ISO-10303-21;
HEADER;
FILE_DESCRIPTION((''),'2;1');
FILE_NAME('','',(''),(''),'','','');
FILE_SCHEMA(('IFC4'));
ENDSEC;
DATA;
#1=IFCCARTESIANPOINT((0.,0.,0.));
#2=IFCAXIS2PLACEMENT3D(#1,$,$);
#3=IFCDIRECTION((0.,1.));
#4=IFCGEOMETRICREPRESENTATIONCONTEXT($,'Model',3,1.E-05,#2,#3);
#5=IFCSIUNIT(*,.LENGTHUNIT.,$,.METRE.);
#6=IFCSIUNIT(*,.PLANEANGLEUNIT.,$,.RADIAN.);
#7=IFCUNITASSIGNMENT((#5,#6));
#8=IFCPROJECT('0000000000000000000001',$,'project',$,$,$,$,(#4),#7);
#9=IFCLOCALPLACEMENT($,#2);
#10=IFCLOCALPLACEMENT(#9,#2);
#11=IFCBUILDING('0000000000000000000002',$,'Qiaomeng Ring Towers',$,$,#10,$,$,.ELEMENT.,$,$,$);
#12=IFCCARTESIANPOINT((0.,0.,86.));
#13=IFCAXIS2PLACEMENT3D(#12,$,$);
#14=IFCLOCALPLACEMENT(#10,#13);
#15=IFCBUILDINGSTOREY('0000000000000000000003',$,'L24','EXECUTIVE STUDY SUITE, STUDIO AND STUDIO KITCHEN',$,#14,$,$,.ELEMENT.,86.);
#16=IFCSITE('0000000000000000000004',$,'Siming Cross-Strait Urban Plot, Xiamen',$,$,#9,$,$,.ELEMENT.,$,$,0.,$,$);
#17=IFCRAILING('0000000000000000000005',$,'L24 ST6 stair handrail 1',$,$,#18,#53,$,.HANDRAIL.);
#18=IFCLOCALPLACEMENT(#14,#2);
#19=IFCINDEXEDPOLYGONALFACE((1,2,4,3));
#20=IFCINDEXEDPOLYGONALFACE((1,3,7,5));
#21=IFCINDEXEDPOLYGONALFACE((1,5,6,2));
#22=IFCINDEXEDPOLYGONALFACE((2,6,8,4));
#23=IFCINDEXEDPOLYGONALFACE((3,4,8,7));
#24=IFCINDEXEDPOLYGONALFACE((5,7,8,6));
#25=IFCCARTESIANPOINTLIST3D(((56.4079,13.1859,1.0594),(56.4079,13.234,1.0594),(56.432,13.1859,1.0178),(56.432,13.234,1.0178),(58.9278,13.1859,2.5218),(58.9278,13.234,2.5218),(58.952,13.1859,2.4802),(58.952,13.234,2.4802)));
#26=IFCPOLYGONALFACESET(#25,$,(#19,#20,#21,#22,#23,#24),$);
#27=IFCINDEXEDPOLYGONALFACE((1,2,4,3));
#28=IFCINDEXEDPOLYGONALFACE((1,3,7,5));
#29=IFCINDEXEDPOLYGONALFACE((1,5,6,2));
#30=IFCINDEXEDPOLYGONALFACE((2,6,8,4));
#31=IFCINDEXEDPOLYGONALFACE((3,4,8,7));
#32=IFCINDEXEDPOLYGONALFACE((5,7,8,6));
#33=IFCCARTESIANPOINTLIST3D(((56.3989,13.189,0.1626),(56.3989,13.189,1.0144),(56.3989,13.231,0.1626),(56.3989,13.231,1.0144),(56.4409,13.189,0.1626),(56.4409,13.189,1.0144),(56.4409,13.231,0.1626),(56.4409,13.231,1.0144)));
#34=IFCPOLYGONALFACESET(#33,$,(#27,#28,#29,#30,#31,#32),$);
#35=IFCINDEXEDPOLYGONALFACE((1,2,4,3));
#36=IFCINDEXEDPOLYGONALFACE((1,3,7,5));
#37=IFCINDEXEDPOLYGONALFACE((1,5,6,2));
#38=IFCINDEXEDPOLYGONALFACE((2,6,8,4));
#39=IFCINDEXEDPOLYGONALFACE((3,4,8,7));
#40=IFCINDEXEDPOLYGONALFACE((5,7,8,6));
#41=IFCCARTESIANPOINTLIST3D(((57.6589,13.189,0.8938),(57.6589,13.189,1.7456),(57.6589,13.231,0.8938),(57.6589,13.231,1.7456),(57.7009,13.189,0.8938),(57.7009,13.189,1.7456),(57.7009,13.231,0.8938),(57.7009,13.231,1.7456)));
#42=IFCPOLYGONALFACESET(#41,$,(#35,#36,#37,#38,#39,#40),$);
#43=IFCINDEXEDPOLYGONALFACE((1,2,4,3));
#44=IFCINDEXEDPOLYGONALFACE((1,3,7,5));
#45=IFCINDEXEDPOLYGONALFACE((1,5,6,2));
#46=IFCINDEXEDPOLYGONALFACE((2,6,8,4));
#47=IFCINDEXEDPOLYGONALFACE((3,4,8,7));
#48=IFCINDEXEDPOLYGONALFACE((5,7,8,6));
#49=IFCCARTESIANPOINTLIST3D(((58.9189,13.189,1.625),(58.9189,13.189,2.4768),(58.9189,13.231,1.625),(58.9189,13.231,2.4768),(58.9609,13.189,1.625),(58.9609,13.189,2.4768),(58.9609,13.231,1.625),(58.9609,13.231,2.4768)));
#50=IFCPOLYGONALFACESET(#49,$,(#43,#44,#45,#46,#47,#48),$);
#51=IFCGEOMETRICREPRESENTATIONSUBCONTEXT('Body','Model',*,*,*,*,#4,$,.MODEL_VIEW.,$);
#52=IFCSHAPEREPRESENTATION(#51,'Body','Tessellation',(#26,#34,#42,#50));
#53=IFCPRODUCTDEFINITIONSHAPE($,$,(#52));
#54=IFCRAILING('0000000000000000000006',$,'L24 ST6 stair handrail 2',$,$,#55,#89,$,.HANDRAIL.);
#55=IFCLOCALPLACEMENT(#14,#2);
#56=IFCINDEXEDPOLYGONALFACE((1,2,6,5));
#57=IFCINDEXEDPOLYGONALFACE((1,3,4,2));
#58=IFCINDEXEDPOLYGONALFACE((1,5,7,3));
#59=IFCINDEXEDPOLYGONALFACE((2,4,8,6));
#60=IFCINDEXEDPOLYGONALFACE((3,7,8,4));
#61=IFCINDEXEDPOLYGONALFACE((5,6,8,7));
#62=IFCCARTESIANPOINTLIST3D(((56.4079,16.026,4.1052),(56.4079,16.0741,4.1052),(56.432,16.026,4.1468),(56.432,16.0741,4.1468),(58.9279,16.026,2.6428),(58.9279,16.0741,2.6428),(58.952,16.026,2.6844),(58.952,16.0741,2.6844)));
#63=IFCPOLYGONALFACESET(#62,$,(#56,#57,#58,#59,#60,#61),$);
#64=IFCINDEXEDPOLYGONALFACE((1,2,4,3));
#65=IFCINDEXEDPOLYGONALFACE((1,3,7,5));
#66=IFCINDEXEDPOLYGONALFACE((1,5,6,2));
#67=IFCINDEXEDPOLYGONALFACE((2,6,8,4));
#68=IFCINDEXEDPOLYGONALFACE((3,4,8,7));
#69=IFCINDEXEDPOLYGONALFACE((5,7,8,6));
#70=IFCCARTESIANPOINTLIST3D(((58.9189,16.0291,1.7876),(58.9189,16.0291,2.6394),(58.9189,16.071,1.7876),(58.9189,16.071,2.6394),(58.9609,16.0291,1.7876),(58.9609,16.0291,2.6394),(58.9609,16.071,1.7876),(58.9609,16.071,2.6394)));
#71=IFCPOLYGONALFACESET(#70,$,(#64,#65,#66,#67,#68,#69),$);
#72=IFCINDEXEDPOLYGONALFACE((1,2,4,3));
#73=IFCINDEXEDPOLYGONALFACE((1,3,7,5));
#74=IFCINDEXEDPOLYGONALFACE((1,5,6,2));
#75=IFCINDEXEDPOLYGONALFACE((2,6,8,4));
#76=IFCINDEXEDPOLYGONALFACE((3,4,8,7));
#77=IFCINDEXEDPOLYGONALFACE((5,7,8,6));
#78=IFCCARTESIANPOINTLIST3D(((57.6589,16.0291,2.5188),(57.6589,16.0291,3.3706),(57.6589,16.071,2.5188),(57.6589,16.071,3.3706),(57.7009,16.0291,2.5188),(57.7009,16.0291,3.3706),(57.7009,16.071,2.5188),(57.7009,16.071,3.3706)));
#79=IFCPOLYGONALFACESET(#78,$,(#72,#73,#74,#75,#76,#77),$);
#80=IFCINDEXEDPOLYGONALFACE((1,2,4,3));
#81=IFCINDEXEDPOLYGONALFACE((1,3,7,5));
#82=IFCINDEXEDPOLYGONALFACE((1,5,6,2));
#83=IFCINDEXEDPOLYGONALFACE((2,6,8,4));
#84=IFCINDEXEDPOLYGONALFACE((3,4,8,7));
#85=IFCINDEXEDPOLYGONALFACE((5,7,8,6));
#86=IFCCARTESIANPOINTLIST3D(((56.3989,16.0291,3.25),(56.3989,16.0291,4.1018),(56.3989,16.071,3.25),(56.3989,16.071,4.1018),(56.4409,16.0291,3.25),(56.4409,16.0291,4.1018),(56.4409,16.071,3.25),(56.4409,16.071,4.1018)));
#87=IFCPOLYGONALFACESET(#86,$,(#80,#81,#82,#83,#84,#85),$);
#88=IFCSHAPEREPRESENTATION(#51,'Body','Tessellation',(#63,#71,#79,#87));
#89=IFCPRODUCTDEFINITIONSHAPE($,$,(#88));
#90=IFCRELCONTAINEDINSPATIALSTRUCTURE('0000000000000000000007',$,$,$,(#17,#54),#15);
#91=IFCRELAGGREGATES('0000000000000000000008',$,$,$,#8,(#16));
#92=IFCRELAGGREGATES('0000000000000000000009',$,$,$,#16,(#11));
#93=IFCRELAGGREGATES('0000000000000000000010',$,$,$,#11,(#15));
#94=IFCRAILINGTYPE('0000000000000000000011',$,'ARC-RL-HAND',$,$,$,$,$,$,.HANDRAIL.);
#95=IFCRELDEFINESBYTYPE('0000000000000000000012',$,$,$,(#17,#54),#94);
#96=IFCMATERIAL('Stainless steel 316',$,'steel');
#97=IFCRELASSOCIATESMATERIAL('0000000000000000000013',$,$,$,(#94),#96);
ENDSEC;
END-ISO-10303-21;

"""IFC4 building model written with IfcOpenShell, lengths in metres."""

from ifc_helpers import new_model, si_unit, direction, frame, origin, origin_2d, place, context, subcontext, project, spatial, rectangle, extrude, material, type_object, element, save


model = new_model("IFC4")

# Units and contexts
model_context = context("Model", 3, precision=1e-05, world=origin(), true_north=direction((0.0, 1.0)))
body_context = subcontext(model_context, "Body", "Model", "MODEL_VIEW")
ifc_project = project(units=[si_unit("LENGTHUNIT", "METRE"), si_unit("PLANEANGLEUNIT", "RADIAN")], contexts=[model_context])

# Site, building, storey
site_placement = place(None, origin())
site = spatial("IfcSite", under=ifc_project, at=site_placement, Name="Siming Cross-Strait Urban Plot, Xiamen", CompositionType="ELEMENT", RefElevation=0.0)
building_placement = place(site_placement, origin())
building = spatial("IfcBuilding", under=site, at=building_placement, Name="Qiaomeng Ring Towers", CompositionType="ELEMENT")
storey_placement = place(building_placement, frame((0.0, 0.0, 86.0)))
storey = spatial("IfcBuildingStorey", under=building, at=storey_placement, Name="L24", Description="EXECUTIVE STUDY SUITE, STUDIO AND STUDIO KITCHEN", CompositionType="ELEMENT", Elevation=86.0)

# Shared definitions
ifc_material_1 = material(Name="Stainless steel 316", Category="steel")

# Railings
railing_type_1 = type_object("IfcRailingType", Name="ARC-RL-HAND", PredefinedType="HANDRAIL", material=ifc_material_1)
railing_1_placement = place(storey_placement, frame((56.4199, 13.21, 0.1626)))
element("IfcRailing", 1, at=railing_1_placement, inside=storey, type_object=railing_type_1, Name="L24 ST6 stair handrail 1", PredefinedType="HANDRAIL", context=body_context, shape_type="SweptSolid", body=[
    extrude(rectangle(XDim=0.0481, YDim=0.0481, at=origin_2d()), frame((0.0, 0.0, 0.876), z_axis=(0.864913, 0.0, 0.501921), x_axis=(0.0, 1.0, 0.0)), (0.0, 0.0, 1.0), 2.9136),
    extrude(rectangle(XDim=0.042, YDim=0.042, at=origin_2d()), origin(), (0.0, 0.0, 1.0), 0.8518),
    extrude(rectangle(XDim=0.042, YDim=0.042, at=origin_2d()), frame((1.26, 0.0, 0.7312)), (0.0, 0.0, 1.0), 0.8518),
    extrude(rectangle(XDim=0.042, YDim=0.042, at=origin_2d()), frame((2.52, 0.0, 1.4624)), (0.0, 0.0, 1.0), 0.8518),
])
railing_2_placement = place(storey_placement, frame((58.9399, 16.05, 1.7876)))
element("IfcRailing", 2, at=railing_2_placement, inside=storey, type_object=railing_type_1, Name="L24 ST6 stair handrail 2", PredefinedType="HANDRAIL", context=body_context, shape_type="SweptSolid", body=[
    extrude(rectangle(XDim=0.0481, YDim=0.0481, at=origin_2d()), frame((0.0, 0.0, 0.876), z_axis=(-0.864913, 0.0, 0.501921), x_axis=(0.0, -1.0, 0.0)), (0.0, 0.0, 1.0), 2.9136),
    extrude(rectangle(XDim=0.042, YDim=0.042, at=origin_2d()), origin(), (0.0, 0.0, 1.0), 0.8518),
    extrude(rectangle(XDim=0.042, YDim=0.042, at=origin_2d()), frame((-1.26, 0.0, 0.7312)), (0.0, 0.0, 1.0), 0.8518),
    extrude(rectangle(XDim=0.042, YDim=0.042, at=origin_2d()), frame((-2.52, 0.0, 1.4624)), (0.0, 0.0, 1.0), 0.8518),
])

save(model, "model.ifc")
